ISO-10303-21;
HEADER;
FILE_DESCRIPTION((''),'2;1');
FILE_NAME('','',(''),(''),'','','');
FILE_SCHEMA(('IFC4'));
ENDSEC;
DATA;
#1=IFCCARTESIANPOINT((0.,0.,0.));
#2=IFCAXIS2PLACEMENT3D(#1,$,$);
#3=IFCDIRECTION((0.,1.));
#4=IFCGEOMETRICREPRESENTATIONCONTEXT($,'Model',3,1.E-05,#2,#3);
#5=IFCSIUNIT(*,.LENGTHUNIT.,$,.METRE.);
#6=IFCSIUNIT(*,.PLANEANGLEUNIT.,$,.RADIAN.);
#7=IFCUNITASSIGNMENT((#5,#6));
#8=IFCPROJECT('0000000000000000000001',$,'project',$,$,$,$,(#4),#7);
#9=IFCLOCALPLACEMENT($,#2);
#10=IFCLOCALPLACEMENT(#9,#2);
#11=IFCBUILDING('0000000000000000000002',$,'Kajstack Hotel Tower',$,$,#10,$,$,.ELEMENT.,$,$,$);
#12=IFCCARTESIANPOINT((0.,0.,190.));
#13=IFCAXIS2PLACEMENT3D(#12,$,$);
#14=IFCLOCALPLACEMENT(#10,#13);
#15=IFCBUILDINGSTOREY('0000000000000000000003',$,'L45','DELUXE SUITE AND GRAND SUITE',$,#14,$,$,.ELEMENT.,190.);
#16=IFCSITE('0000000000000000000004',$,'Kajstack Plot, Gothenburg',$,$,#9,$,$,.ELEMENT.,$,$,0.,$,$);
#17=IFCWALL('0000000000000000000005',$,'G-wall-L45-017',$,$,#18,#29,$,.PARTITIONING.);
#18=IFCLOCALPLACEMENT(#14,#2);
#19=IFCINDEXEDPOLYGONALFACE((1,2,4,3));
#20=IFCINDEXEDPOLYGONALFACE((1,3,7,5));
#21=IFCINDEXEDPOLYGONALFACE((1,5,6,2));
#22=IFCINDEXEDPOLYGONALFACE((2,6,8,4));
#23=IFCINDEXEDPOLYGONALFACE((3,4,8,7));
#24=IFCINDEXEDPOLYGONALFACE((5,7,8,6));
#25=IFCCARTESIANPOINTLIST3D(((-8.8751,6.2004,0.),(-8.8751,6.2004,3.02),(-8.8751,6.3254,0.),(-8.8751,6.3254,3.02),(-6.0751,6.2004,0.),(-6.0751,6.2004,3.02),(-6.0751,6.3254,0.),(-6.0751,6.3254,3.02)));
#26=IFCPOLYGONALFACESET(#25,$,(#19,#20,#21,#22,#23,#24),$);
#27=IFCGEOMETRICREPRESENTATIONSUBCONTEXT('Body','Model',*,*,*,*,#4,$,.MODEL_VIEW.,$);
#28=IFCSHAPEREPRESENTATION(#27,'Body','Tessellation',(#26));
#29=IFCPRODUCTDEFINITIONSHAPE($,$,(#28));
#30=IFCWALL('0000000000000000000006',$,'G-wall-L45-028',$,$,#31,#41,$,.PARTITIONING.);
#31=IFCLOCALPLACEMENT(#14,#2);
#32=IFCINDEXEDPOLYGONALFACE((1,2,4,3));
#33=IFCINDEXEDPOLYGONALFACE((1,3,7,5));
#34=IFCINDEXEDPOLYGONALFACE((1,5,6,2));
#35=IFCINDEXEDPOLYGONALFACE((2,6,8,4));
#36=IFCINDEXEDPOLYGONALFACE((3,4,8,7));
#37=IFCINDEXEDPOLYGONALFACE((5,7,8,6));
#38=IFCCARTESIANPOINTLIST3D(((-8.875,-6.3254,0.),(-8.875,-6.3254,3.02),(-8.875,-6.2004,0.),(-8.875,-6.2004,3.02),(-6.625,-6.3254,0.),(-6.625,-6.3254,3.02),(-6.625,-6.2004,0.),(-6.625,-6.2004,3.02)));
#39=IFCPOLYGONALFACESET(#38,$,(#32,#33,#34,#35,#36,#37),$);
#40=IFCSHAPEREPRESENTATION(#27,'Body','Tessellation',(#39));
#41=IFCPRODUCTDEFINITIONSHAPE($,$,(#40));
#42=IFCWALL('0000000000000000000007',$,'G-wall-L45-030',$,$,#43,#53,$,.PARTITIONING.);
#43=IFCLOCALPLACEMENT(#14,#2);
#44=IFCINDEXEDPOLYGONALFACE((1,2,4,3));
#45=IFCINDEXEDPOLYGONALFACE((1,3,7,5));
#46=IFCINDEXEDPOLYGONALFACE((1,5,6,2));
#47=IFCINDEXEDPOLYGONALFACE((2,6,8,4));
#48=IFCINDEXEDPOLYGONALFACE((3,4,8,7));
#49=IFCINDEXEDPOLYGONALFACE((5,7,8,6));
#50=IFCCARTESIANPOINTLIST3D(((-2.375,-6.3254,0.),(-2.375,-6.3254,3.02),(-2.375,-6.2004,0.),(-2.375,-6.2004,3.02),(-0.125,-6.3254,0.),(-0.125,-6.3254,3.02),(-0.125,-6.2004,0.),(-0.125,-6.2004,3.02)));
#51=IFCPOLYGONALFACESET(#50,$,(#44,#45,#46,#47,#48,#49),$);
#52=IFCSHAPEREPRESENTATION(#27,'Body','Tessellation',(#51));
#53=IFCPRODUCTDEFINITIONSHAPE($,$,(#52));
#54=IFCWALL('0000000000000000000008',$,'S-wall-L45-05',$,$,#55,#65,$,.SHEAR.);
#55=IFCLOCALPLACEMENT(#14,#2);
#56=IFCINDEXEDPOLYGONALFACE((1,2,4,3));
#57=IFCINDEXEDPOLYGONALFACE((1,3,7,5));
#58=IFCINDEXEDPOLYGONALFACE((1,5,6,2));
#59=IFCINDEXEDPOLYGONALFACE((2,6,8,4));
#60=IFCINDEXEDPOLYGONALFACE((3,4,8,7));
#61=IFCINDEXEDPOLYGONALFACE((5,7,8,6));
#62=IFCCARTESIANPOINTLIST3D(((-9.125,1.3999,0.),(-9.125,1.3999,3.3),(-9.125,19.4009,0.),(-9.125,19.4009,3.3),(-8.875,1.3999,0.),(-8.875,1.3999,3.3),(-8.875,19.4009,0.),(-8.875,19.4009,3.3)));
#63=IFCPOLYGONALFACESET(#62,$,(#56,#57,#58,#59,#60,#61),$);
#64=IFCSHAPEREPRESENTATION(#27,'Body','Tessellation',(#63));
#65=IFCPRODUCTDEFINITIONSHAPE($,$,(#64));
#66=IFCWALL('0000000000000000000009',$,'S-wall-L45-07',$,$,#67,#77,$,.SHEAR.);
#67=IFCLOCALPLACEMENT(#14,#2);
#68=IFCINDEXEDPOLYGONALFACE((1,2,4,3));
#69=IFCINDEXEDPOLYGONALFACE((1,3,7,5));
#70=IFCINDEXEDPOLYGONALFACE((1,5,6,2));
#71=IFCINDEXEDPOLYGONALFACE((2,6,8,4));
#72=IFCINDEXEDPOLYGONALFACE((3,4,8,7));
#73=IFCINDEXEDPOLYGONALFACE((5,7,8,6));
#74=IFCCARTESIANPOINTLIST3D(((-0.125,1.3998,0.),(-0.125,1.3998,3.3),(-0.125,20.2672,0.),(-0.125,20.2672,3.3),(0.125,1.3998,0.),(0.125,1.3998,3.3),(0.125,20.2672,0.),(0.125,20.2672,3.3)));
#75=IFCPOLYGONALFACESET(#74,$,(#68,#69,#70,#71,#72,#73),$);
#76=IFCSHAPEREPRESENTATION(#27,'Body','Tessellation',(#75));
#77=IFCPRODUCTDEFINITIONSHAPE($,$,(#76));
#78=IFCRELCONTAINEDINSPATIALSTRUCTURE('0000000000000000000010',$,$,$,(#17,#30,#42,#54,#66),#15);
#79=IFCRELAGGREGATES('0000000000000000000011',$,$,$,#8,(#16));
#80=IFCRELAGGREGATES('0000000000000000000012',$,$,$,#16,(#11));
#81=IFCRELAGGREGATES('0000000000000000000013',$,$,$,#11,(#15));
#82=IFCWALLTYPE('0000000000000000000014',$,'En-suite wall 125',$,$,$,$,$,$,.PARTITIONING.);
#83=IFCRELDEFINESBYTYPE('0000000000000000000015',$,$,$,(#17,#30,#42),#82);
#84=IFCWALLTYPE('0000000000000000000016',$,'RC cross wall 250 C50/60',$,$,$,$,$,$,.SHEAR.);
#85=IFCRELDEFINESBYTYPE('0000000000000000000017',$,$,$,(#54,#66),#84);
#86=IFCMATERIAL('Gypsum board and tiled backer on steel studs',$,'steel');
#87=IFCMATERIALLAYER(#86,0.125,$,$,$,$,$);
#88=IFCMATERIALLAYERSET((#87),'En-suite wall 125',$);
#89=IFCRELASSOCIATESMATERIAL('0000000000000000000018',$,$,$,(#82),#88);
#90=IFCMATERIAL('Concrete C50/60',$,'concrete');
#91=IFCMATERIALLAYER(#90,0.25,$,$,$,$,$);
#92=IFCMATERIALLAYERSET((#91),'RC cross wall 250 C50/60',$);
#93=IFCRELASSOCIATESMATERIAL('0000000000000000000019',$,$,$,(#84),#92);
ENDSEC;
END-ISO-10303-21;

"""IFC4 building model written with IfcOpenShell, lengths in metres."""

from ifc_helpers import new_model, si_unit, direction, frame, frame_2d, origin, place, context, subcontext, project, spatial, rectangle, extrude, material, layer, layer_set, type_object, element, save


model = new_model("IFC4")

# Units and contexts
model_context = context("Model", 3, precision=1e-05, world=origin(), true_north=direction((0.0, 1.0)))
body_context = subcontext(model_context, "Body", "Model", "MODEL_VIEW")
ifc_project = project(units=[si_unit("LENGTHUNIT", "METRE"), si_unit("PLANEANGLEUNIT", "RADIAN")], contexts=[model_context])

# Site, building, storey
site_placement = place(None, origin())
site = spatial("IfcSite", under=ifc_project, at=site_placement, Name="Kajstack Plot, Gothenburg", CompositionType="ELEMENT", RefElevation=0.0)
building_placement = place(site_placement, origin())
building = spatial("IfcBuilding", under=site, at=building_placement, Name="Kajstack Hotel Tower", CompositionType="ELEMENT")
storey_placement = place(building_placement, frame((0.0, 0.0, 190.0)))
storey = spatial("IfcBuildingStorey", under=building, at=storey_placement, Name="L45", Description="DELUXE SUITE AND GRAND SUITE", CompositionType="ELEMENT", Elevation=190.0)

# Shared definitions
ifc_material_1 = material(Name="Gypsum board and tiled backer on steel studs", Category="steel")
ifc_layer_1 = layer(ifc_material_1, 0.125)
ifc_layer_set_1 = layer_set([ifc_layer_1], Name="En-suite wall 125")
wall_type_1 = type_object("IfcWallType", Name="En-suite wall 125", PredefinedType="PARTITIONING", material=ifc_layer_set_1)

# Walls
wall_1_placement = place(storey_placement, frame((-8.875, 6.2629, 0.0), z_axis=(0.0, 0.0, 1.0), x_axis=(1.0, 0.0, 0.0)))
element("IfcWall", 1, at=wall_1_placement, inside=storey, type_object=wall_type_1, Name="G-wall-L45-017", PredefinedType="PARTITIONING", context=body_context, shape_type="SweptSolid", body=[
    extrude(rectangle(XDim=2.8, YDim=0.125, at=frame_2d((1.3999, 0.0))), origin(), (0.0, 0.0, 1.0), 3.02),
])
for number, where, z_axis, x_axis, name in (
    (2, (-8.875, -6.2629, 0.0), (0.0, 0.0, 1.0), (1.0, 0.0, 0.0), "G-wall-L45-028"),
    (3, (-2.375, -6.2629, 0.0), (0.0, 0.0, 1.0), (1.0, 0.0, 0.0), "G-wall-L45-030"),
):
    element("IfcWall", number, at=place(storey_placement, frame(where, z_axis=z_axis, x_axis=x_axis)), inside=storey, type_object=wall_type_1, Name=name, PredefinedType="PARTITIONING", context=body_context, shape_type="SweptSolid", body=[
        extrude(rectangle(XDim=2.25, YDim=0.125, at=frame_2d((1.125, 0.0))), origin(), (0.0, 0.0, 1.0), 3.02),
    ])
ifc_material_2 = material(Name="Concrete C50/60", Category="concrete")
ifc_layer_2 = layer(ifc_material_2, 0.25)
ifc_layer_set_2 = layer_set([ifc_layer_2], Name="RC cross wall 250 C50/60")
wall_type_2 = type_object("IfcWallType", Name="RC cross wall 250 C50/60", PredefinedType="SHEAR", material=ifc_layer_set_2)
wall_2_placement = place(storey_placement, frame((-9.0, 1.3999, 0.0), z_axis=(0.0, 0.0, 1.0), x_axis=(0.0, 1.0, 0.0)))
element("IfcWall", 4, at=wall_2_placement, inside=storey, type_object=wall_type_2, Name="S-wall-L45-05", PredefinedType="SHEAR", context=body_context, shape_type="SweptSolid", body=[
    extrude(rectangle(XDim=18.001, YDim=0.25, at=frame_2d((9.0005, 0.0))), origin(), (0.0, 0.0, 1.0), 3.3),
])
wall_3_placement = place(storey_placement, frame((0.0, 1.3999, 0.0), z_axis=(0.0, 0.0, 1.0), x_axis=(0.0, 1.0, 0.0)))
element("IfcWall", 5, at=wall_3_placement, inside=storey, type_object=wall_type_2, Name="S-wall-L45-07", PredefinedType="SHEAR", context=body_context, shape_type="SweptSolid", body=[
    extrude(rectangle(XDim=18.8674, YDim=0.25, at=frame_2d((9.4336, 0.0))), origin(), (0.0, 0.0, 1.0), 3.3),
])

save(model, "model.ifc")
